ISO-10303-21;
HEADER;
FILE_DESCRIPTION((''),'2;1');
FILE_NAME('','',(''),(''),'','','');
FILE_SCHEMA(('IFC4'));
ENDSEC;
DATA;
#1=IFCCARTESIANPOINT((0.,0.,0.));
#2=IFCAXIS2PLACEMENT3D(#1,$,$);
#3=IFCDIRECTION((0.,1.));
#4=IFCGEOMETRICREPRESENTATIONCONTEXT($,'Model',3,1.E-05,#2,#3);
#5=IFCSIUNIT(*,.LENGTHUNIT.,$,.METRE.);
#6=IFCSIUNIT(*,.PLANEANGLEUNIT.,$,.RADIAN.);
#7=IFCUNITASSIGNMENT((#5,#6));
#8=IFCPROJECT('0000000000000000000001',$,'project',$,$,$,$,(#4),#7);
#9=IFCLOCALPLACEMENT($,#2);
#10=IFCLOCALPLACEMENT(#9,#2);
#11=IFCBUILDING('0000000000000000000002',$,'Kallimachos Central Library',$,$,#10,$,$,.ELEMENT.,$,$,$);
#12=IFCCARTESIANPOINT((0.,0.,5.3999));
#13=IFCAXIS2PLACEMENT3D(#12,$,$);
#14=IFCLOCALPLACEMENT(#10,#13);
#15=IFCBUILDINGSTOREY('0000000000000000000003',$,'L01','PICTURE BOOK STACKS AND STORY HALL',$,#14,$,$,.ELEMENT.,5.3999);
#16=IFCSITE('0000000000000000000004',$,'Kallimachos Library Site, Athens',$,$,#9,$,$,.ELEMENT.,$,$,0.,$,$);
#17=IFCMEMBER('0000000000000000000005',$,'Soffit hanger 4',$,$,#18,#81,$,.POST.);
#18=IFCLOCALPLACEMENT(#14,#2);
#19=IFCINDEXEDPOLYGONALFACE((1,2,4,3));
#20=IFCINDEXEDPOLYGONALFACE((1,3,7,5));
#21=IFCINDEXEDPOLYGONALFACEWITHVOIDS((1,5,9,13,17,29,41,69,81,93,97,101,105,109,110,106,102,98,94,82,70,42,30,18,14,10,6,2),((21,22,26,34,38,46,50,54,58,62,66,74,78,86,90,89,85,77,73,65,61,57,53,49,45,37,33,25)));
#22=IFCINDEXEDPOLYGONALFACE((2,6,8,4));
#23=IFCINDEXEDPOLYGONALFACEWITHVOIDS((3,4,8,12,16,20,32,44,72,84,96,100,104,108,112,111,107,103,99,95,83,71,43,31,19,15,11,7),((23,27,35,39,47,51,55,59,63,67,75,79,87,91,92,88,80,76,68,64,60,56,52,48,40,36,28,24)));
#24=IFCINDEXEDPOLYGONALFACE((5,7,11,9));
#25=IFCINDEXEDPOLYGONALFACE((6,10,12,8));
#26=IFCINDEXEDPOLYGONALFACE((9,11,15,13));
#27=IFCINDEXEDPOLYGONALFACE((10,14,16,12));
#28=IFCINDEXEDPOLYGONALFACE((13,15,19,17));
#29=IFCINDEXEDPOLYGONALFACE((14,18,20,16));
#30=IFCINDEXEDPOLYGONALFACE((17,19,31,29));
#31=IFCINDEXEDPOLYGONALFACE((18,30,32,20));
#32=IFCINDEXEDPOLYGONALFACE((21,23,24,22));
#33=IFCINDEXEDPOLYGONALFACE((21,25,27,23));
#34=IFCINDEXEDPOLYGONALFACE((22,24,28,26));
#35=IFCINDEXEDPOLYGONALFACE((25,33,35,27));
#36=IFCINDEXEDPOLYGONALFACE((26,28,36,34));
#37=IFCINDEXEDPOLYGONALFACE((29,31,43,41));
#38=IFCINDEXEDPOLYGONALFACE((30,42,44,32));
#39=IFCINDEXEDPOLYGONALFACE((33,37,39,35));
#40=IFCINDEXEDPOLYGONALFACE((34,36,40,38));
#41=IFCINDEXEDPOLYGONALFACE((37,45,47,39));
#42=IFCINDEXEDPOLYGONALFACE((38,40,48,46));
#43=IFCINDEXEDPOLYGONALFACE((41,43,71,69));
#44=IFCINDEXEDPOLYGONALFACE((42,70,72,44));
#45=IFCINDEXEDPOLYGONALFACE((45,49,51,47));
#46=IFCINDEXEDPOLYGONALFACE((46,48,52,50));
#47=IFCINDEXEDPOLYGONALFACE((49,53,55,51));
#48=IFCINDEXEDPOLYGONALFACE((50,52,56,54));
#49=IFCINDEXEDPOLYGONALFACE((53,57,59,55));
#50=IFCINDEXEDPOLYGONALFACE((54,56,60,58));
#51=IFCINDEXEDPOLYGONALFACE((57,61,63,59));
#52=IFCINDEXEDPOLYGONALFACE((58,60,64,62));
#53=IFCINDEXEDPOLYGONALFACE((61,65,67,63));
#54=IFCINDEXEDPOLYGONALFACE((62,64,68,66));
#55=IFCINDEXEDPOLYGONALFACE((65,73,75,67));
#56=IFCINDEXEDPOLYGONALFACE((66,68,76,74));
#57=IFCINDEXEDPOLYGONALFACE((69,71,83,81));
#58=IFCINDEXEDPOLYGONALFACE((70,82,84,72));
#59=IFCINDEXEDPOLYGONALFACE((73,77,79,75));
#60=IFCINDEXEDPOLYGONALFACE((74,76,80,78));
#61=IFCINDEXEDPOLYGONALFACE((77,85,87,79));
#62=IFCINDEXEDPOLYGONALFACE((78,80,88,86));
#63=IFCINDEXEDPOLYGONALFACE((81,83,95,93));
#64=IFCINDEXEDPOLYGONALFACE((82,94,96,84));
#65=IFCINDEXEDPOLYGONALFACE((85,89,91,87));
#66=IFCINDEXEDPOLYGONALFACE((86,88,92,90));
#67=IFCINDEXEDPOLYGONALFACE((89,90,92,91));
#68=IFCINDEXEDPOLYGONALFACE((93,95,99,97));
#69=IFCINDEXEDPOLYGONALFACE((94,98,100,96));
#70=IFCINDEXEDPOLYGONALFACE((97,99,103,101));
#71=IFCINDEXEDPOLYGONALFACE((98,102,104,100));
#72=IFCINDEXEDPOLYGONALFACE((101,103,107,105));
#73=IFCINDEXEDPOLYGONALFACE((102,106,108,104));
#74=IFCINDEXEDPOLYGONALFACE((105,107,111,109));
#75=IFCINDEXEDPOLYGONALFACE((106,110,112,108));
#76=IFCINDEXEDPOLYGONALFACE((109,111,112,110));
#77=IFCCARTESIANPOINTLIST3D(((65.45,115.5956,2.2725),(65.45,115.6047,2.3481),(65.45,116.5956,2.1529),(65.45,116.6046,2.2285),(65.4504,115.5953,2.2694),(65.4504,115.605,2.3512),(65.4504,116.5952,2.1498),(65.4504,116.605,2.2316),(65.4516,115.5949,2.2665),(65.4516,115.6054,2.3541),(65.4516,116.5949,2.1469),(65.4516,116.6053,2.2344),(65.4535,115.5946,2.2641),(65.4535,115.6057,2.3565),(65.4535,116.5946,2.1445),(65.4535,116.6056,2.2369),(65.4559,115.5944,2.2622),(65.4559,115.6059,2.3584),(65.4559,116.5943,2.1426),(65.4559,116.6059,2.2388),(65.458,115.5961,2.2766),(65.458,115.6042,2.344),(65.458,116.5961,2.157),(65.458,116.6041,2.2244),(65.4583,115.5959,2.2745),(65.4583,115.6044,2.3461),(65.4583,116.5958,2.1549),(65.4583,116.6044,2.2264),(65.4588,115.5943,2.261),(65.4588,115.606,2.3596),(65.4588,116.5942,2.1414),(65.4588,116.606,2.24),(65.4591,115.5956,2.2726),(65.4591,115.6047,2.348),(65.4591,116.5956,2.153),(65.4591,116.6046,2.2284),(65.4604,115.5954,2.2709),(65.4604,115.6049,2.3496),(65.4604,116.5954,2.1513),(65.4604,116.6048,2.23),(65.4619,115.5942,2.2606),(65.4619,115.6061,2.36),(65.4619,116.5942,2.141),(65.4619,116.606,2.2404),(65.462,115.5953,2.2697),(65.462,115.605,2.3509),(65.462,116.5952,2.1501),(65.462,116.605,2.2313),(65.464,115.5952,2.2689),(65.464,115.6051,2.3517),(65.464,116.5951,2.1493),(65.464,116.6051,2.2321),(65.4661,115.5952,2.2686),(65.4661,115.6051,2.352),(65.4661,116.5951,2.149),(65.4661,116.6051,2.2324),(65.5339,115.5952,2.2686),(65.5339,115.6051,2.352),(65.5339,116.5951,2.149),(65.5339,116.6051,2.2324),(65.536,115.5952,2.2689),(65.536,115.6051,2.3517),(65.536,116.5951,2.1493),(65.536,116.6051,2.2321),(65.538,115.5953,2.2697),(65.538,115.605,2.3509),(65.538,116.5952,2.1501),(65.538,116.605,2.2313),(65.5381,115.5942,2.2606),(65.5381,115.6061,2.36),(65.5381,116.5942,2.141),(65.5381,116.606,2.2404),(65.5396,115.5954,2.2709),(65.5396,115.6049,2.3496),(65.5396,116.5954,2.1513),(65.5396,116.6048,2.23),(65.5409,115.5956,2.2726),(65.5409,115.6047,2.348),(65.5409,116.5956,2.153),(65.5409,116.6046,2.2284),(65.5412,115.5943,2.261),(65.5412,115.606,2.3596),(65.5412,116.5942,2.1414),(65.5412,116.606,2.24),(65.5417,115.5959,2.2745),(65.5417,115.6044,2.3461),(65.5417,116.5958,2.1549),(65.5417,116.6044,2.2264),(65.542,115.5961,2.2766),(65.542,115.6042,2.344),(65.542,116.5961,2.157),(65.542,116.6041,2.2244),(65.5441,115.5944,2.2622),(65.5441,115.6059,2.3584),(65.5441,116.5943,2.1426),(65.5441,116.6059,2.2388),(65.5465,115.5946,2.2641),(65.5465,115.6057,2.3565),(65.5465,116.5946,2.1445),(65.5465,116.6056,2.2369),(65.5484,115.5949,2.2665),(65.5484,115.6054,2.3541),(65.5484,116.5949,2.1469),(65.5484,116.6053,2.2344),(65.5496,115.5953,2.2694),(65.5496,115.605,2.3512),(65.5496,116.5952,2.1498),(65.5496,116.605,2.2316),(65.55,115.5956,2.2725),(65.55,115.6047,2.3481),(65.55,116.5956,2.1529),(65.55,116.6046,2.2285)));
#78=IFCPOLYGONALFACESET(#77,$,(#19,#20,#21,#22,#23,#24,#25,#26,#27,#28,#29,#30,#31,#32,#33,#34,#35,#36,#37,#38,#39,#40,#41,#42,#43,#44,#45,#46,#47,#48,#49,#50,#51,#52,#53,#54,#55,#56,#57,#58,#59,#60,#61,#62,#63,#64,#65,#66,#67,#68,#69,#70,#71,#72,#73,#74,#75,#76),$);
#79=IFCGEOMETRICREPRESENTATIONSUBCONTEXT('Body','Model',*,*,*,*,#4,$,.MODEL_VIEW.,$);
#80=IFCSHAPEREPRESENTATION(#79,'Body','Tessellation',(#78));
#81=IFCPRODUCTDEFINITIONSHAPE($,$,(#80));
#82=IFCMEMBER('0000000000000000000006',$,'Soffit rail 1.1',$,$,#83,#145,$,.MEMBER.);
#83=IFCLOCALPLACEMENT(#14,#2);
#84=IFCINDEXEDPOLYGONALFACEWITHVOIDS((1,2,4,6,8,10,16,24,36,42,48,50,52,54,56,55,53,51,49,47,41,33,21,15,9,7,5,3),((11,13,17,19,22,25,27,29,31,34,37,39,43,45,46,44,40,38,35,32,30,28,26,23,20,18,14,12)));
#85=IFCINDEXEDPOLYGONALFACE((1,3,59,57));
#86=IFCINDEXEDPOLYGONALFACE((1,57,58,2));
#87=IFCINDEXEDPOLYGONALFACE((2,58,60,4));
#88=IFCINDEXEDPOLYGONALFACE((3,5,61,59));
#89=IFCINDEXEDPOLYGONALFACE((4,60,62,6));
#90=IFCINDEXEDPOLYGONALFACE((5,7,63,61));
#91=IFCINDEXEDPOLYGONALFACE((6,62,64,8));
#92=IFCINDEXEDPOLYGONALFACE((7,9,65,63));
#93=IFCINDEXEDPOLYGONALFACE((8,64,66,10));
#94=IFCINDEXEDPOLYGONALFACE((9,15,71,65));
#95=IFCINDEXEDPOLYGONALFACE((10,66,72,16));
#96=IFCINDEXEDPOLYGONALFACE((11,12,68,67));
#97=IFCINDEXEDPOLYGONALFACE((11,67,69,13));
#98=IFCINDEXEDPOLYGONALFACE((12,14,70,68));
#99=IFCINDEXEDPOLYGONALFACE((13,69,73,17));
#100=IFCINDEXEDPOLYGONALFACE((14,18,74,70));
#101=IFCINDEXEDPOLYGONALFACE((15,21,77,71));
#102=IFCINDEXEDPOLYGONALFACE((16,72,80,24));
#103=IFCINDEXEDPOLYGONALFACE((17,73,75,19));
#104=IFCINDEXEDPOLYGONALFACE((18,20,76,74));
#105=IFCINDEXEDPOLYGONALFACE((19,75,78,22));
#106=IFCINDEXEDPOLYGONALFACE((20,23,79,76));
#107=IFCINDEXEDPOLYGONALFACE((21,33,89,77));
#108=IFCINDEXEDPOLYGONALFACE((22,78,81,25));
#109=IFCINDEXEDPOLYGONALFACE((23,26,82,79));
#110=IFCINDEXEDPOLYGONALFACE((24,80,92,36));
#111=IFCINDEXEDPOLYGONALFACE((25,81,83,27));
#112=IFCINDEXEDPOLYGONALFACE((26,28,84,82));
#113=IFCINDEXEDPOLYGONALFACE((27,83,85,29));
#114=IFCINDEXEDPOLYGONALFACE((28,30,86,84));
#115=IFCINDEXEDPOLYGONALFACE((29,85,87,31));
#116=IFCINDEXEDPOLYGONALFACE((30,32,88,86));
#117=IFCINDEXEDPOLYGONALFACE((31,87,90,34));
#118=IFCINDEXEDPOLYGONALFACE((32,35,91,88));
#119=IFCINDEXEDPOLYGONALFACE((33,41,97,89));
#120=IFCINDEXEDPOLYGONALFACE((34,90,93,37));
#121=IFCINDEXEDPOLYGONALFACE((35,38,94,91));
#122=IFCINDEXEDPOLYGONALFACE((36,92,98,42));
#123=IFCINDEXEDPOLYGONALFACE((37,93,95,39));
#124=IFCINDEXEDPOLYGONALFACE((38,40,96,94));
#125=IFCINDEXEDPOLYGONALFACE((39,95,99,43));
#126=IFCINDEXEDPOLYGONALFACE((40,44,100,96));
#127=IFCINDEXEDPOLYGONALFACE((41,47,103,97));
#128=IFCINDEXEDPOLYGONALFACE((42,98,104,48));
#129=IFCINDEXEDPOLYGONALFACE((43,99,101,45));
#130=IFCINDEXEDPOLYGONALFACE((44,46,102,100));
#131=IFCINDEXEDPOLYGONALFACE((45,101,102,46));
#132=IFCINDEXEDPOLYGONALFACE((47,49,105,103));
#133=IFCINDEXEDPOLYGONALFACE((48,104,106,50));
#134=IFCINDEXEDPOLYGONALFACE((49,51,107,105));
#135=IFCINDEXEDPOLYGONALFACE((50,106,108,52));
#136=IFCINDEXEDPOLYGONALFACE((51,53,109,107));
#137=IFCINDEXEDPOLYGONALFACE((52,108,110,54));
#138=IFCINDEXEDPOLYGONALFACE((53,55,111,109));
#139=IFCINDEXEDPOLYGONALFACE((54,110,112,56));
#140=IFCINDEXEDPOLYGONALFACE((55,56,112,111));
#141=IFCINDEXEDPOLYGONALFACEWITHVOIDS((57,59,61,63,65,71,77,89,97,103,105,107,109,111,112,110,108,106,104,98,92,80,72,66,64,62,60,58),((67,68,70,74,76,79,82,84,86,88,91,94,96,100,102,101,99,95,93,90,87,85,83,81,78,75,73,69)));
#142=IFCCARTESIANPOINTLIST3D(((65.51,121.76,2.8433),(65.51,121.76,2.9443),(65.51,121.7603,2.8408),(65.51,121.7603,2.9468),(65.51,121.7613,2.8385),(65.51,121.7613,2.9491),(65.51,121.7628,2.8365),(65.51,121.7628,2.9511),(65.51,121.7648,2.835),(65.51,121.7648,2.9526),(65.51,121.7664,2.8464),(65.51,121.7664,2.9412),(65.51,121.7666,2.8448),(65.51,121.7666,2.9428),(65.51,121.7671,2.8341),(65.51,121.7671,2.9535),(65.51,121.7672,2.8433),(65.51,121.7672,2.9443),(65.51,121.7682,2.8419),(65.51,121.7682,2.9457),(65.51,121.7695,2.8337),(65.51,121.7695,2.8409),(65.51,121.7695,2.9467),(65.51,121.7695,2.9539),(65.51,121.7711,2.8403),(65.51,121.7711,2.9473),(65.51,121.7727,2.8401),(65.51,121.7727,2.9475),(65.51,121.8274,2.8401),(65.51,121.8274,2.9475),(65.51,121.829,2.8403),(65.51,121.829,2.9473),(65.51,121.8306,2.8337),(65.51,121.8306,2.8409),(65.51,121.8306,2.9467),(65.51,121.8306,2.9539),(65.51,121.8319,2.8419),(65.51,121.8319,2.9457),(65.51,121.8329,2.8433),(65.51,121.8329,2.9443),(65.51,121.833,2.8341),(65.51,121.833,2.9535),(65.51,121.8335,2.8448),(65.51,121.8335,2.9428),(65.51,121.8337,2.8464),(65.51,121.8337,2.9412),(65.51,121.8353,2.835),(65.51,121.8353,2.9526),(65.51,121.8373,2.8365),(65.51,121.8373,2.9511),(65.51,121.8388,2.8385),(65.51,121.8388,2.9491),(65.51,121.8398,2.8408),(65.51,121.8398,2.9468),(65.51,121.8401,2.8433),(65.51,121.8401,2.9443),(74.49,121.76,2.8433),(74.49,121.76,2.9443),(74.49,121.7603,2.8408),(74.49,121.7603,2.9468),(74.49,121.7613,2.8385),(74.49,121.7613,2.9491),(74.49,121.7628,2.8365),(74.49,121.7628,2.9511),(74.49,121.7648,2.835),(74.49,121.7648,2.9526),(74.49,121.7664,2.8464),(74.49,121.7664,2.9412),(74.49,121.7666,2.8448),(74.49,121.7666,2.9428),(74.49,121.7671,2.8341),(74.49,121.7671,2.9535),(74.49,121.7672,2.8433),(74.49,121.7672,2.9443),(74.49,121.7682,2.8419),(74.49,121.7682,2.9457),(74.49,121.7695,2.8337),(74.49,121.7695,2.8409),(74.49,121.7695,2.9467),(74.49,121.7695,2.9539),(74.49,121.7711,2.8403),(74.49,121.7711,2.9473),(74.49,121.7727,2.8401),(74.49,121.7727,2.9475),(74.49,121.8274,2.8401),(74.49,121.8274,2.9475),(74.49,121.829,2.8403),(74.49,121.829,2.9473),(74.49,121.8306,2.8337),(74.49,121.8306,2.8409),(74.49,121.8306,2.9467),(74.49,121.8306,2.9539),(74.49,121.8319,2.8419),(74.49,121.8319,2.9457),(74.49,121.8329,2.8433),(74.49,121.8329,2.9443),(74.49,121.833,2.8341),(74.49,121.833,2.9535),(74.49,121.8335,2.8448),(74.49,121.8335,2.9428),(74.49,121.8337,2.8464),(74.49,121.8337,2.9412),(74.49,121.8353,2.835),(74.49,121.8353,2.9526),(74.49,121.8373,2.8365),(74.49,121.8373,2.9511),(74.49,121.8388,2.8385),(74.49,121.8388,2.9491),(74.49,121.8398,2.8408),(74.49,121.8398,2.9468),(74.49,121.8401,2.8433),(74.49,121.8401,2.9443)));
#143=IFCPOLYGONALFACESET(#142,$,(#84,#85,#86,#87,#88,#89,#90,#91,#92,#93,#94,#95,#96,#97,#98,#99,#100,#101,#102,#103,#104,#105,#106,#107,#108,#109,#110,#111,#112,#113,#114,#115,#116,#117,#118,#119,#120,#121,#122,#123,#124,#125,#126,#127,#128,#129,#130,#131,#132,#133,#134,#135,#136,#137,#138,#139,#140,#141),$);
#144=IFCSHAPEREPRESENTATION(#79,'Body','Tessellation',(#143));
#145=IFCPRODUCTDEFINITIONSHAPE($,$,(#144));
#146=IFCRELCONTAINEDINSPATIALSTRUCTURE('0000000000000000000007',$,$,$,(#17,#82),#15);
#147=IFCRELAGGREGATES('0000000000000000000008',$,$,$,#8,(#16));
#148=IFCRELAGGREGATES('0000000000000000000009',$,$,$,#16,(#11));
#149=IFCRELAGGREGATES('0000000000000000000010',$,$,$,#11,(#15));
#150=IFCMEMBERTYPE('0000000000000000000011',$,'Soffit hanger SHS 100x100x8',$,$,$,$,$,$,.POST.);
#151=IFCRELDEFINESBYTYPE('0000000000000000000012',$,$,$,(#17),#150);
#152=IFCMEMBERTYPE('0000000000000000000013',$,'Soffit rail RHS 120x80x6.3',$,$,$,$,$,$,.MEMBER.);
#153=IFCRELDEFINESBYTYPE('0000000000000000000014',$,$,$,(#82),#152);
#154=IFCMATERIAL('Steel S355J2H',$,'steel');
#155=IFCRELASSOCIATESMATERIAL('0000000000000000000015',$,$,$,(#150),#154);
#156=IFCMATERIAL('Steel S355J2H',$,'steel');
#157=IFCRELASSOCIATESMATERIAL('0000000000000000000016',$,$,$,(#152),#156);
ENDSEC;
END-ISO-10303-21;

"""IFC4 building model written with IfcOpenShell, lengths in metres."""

from ifc_helpers import new_model, si_unit, direction, frame, origin, origin_2d, place, context, subcontext, project, spatial, hollow_rectangle, extrude, material, material_profile, profile_set, type_object, element, save


model = new_model("IFC4")

# Units and contexts
model_context = context("Model", 3, precision=1e-05, world=origin(), true_north=direction((0.0, 1.0)))
body_context = subcontext(model_context, "Body", "Model", "MODEL_VIEW")
ifc_project = project(units=[si_unit("LENGTHUNIT", "METRE"), si_unit("PLANEANGLEUNIT", "RADIAN")], contexts=[model_context])

# Site, building, storey
site_placement = place(None, origin())
site = spatial("IfcSite", under=ifc_project, at=site_placement, Name="Kallimachos Library Site, Athens", CompositionType="ELEMENT", RefElevation=0.0)
building_placement = place(site_placement, origin())
building = spatial("IfcBuilding", under=site, at=building_placement, Name="Kallimachos Central Library", CompositionType="ELEMENT")
storey_placement = place(building_placement, frame((0.0, 0.0, 5.3999)))
storey = spatial("IfcBuildingStorey", under=building, at=storey_placement, Name="L01", Description="PICTURE BOOK STACKS AND STORY HALL", CompositionType="ELEMENT", Elevation=5.3999)

# Members
ifc_material_1 = material(Name="Steel S355J2H", Category="steel")
ifc_material_profile_1 = material_profile(ifc_material_1, hollow_rectangle(XDim=0.1001, YDim=0.1001, WallThickness=0.0081, InnerFilletRadius=0.0081, OuterFilletRadius=0.012, at=origin_2d()), Name="SHS 100x100x8")
ifc_profile_set_1 = profile_set([ifc_material_profile_1], Name="Steel S355J2H")
member_type_1 = type_object("IfcMemberType", Name="Soffit hanger SHS 100x100x8", PredefinedType="POST", material=ifc_profile_set_1)
member_1_placement = place(storey_placement, frame((65.5, 116.6001, 2.1907), z_axis=(0.0, -0.99292, 0.118782), x_axis=(1.0, 0.0, 0.0)))
element("IfcMember", 1, at=member_1_placement, inside=storey, type_object=member_type_1, Name="Soffit hanger 4", PredefinedType="POST", context=body_context, shape_type="SweptSolid", body=[
    extrude(hollow_rectangle(XDim=0.1001, YDim=0.1001, WallThickness=0.0081, InnerFilletRadius=0.0081, OuterFilletRadius=0.012, at=origin_2d()), origin(), (0.0, 0.0, 1.0), 1.0071),
])
ifc_material_2 = material(Name="Steel S355J2H", Category="steel")
ifc_material_profile_2 = material_profile(ifc_material_2, hollow_rectangle(XDim=0.0801, YDim=0.1201, WallThickness=0.0063, InnerFilletRadius=0.0063, OuterFilletRadius=0.0095, at=origin_2d()), Name="RHS 120x80x6.3")
ifc_profile_set_2 = profile_set([ifc_material_profile_2], Name="Steel S355J2H")
member_type_2 = type_object("IfcMemberType", Name="Soffit rail RHS 120x80x6.3", PredefinedType="MEMBER", material=ifc_profile_set_2)
for number, where, z_axis, x_axis, name in (
    (2, (65.51, 121.8, 2.8938), (1.0, 0.0, 0.0), (0.0, 1.0, 0.0), "Soffit rail 1.1"),
):
    element("IfcMember", number, at=place(storey_placement, frame(where, z_axis=z_axis, x_axis=x_axis)), inside=storey, type_object=member_type_2, Name=name, PredefinedType="MEMBER", context=body_context, shape_type="SweptSolid", body=[
        extrude(hollow_rectangle(XDim=0.0801, YDim=0.1201, WallThickness=0.0063, InnerFilletRadius=0.0063, OuterFilletRadius=0.0095, at=origin_2d()), origin(), (0.0, 0.0, 1.0), 8.98),
    ])

save(model, "model.ifc")
